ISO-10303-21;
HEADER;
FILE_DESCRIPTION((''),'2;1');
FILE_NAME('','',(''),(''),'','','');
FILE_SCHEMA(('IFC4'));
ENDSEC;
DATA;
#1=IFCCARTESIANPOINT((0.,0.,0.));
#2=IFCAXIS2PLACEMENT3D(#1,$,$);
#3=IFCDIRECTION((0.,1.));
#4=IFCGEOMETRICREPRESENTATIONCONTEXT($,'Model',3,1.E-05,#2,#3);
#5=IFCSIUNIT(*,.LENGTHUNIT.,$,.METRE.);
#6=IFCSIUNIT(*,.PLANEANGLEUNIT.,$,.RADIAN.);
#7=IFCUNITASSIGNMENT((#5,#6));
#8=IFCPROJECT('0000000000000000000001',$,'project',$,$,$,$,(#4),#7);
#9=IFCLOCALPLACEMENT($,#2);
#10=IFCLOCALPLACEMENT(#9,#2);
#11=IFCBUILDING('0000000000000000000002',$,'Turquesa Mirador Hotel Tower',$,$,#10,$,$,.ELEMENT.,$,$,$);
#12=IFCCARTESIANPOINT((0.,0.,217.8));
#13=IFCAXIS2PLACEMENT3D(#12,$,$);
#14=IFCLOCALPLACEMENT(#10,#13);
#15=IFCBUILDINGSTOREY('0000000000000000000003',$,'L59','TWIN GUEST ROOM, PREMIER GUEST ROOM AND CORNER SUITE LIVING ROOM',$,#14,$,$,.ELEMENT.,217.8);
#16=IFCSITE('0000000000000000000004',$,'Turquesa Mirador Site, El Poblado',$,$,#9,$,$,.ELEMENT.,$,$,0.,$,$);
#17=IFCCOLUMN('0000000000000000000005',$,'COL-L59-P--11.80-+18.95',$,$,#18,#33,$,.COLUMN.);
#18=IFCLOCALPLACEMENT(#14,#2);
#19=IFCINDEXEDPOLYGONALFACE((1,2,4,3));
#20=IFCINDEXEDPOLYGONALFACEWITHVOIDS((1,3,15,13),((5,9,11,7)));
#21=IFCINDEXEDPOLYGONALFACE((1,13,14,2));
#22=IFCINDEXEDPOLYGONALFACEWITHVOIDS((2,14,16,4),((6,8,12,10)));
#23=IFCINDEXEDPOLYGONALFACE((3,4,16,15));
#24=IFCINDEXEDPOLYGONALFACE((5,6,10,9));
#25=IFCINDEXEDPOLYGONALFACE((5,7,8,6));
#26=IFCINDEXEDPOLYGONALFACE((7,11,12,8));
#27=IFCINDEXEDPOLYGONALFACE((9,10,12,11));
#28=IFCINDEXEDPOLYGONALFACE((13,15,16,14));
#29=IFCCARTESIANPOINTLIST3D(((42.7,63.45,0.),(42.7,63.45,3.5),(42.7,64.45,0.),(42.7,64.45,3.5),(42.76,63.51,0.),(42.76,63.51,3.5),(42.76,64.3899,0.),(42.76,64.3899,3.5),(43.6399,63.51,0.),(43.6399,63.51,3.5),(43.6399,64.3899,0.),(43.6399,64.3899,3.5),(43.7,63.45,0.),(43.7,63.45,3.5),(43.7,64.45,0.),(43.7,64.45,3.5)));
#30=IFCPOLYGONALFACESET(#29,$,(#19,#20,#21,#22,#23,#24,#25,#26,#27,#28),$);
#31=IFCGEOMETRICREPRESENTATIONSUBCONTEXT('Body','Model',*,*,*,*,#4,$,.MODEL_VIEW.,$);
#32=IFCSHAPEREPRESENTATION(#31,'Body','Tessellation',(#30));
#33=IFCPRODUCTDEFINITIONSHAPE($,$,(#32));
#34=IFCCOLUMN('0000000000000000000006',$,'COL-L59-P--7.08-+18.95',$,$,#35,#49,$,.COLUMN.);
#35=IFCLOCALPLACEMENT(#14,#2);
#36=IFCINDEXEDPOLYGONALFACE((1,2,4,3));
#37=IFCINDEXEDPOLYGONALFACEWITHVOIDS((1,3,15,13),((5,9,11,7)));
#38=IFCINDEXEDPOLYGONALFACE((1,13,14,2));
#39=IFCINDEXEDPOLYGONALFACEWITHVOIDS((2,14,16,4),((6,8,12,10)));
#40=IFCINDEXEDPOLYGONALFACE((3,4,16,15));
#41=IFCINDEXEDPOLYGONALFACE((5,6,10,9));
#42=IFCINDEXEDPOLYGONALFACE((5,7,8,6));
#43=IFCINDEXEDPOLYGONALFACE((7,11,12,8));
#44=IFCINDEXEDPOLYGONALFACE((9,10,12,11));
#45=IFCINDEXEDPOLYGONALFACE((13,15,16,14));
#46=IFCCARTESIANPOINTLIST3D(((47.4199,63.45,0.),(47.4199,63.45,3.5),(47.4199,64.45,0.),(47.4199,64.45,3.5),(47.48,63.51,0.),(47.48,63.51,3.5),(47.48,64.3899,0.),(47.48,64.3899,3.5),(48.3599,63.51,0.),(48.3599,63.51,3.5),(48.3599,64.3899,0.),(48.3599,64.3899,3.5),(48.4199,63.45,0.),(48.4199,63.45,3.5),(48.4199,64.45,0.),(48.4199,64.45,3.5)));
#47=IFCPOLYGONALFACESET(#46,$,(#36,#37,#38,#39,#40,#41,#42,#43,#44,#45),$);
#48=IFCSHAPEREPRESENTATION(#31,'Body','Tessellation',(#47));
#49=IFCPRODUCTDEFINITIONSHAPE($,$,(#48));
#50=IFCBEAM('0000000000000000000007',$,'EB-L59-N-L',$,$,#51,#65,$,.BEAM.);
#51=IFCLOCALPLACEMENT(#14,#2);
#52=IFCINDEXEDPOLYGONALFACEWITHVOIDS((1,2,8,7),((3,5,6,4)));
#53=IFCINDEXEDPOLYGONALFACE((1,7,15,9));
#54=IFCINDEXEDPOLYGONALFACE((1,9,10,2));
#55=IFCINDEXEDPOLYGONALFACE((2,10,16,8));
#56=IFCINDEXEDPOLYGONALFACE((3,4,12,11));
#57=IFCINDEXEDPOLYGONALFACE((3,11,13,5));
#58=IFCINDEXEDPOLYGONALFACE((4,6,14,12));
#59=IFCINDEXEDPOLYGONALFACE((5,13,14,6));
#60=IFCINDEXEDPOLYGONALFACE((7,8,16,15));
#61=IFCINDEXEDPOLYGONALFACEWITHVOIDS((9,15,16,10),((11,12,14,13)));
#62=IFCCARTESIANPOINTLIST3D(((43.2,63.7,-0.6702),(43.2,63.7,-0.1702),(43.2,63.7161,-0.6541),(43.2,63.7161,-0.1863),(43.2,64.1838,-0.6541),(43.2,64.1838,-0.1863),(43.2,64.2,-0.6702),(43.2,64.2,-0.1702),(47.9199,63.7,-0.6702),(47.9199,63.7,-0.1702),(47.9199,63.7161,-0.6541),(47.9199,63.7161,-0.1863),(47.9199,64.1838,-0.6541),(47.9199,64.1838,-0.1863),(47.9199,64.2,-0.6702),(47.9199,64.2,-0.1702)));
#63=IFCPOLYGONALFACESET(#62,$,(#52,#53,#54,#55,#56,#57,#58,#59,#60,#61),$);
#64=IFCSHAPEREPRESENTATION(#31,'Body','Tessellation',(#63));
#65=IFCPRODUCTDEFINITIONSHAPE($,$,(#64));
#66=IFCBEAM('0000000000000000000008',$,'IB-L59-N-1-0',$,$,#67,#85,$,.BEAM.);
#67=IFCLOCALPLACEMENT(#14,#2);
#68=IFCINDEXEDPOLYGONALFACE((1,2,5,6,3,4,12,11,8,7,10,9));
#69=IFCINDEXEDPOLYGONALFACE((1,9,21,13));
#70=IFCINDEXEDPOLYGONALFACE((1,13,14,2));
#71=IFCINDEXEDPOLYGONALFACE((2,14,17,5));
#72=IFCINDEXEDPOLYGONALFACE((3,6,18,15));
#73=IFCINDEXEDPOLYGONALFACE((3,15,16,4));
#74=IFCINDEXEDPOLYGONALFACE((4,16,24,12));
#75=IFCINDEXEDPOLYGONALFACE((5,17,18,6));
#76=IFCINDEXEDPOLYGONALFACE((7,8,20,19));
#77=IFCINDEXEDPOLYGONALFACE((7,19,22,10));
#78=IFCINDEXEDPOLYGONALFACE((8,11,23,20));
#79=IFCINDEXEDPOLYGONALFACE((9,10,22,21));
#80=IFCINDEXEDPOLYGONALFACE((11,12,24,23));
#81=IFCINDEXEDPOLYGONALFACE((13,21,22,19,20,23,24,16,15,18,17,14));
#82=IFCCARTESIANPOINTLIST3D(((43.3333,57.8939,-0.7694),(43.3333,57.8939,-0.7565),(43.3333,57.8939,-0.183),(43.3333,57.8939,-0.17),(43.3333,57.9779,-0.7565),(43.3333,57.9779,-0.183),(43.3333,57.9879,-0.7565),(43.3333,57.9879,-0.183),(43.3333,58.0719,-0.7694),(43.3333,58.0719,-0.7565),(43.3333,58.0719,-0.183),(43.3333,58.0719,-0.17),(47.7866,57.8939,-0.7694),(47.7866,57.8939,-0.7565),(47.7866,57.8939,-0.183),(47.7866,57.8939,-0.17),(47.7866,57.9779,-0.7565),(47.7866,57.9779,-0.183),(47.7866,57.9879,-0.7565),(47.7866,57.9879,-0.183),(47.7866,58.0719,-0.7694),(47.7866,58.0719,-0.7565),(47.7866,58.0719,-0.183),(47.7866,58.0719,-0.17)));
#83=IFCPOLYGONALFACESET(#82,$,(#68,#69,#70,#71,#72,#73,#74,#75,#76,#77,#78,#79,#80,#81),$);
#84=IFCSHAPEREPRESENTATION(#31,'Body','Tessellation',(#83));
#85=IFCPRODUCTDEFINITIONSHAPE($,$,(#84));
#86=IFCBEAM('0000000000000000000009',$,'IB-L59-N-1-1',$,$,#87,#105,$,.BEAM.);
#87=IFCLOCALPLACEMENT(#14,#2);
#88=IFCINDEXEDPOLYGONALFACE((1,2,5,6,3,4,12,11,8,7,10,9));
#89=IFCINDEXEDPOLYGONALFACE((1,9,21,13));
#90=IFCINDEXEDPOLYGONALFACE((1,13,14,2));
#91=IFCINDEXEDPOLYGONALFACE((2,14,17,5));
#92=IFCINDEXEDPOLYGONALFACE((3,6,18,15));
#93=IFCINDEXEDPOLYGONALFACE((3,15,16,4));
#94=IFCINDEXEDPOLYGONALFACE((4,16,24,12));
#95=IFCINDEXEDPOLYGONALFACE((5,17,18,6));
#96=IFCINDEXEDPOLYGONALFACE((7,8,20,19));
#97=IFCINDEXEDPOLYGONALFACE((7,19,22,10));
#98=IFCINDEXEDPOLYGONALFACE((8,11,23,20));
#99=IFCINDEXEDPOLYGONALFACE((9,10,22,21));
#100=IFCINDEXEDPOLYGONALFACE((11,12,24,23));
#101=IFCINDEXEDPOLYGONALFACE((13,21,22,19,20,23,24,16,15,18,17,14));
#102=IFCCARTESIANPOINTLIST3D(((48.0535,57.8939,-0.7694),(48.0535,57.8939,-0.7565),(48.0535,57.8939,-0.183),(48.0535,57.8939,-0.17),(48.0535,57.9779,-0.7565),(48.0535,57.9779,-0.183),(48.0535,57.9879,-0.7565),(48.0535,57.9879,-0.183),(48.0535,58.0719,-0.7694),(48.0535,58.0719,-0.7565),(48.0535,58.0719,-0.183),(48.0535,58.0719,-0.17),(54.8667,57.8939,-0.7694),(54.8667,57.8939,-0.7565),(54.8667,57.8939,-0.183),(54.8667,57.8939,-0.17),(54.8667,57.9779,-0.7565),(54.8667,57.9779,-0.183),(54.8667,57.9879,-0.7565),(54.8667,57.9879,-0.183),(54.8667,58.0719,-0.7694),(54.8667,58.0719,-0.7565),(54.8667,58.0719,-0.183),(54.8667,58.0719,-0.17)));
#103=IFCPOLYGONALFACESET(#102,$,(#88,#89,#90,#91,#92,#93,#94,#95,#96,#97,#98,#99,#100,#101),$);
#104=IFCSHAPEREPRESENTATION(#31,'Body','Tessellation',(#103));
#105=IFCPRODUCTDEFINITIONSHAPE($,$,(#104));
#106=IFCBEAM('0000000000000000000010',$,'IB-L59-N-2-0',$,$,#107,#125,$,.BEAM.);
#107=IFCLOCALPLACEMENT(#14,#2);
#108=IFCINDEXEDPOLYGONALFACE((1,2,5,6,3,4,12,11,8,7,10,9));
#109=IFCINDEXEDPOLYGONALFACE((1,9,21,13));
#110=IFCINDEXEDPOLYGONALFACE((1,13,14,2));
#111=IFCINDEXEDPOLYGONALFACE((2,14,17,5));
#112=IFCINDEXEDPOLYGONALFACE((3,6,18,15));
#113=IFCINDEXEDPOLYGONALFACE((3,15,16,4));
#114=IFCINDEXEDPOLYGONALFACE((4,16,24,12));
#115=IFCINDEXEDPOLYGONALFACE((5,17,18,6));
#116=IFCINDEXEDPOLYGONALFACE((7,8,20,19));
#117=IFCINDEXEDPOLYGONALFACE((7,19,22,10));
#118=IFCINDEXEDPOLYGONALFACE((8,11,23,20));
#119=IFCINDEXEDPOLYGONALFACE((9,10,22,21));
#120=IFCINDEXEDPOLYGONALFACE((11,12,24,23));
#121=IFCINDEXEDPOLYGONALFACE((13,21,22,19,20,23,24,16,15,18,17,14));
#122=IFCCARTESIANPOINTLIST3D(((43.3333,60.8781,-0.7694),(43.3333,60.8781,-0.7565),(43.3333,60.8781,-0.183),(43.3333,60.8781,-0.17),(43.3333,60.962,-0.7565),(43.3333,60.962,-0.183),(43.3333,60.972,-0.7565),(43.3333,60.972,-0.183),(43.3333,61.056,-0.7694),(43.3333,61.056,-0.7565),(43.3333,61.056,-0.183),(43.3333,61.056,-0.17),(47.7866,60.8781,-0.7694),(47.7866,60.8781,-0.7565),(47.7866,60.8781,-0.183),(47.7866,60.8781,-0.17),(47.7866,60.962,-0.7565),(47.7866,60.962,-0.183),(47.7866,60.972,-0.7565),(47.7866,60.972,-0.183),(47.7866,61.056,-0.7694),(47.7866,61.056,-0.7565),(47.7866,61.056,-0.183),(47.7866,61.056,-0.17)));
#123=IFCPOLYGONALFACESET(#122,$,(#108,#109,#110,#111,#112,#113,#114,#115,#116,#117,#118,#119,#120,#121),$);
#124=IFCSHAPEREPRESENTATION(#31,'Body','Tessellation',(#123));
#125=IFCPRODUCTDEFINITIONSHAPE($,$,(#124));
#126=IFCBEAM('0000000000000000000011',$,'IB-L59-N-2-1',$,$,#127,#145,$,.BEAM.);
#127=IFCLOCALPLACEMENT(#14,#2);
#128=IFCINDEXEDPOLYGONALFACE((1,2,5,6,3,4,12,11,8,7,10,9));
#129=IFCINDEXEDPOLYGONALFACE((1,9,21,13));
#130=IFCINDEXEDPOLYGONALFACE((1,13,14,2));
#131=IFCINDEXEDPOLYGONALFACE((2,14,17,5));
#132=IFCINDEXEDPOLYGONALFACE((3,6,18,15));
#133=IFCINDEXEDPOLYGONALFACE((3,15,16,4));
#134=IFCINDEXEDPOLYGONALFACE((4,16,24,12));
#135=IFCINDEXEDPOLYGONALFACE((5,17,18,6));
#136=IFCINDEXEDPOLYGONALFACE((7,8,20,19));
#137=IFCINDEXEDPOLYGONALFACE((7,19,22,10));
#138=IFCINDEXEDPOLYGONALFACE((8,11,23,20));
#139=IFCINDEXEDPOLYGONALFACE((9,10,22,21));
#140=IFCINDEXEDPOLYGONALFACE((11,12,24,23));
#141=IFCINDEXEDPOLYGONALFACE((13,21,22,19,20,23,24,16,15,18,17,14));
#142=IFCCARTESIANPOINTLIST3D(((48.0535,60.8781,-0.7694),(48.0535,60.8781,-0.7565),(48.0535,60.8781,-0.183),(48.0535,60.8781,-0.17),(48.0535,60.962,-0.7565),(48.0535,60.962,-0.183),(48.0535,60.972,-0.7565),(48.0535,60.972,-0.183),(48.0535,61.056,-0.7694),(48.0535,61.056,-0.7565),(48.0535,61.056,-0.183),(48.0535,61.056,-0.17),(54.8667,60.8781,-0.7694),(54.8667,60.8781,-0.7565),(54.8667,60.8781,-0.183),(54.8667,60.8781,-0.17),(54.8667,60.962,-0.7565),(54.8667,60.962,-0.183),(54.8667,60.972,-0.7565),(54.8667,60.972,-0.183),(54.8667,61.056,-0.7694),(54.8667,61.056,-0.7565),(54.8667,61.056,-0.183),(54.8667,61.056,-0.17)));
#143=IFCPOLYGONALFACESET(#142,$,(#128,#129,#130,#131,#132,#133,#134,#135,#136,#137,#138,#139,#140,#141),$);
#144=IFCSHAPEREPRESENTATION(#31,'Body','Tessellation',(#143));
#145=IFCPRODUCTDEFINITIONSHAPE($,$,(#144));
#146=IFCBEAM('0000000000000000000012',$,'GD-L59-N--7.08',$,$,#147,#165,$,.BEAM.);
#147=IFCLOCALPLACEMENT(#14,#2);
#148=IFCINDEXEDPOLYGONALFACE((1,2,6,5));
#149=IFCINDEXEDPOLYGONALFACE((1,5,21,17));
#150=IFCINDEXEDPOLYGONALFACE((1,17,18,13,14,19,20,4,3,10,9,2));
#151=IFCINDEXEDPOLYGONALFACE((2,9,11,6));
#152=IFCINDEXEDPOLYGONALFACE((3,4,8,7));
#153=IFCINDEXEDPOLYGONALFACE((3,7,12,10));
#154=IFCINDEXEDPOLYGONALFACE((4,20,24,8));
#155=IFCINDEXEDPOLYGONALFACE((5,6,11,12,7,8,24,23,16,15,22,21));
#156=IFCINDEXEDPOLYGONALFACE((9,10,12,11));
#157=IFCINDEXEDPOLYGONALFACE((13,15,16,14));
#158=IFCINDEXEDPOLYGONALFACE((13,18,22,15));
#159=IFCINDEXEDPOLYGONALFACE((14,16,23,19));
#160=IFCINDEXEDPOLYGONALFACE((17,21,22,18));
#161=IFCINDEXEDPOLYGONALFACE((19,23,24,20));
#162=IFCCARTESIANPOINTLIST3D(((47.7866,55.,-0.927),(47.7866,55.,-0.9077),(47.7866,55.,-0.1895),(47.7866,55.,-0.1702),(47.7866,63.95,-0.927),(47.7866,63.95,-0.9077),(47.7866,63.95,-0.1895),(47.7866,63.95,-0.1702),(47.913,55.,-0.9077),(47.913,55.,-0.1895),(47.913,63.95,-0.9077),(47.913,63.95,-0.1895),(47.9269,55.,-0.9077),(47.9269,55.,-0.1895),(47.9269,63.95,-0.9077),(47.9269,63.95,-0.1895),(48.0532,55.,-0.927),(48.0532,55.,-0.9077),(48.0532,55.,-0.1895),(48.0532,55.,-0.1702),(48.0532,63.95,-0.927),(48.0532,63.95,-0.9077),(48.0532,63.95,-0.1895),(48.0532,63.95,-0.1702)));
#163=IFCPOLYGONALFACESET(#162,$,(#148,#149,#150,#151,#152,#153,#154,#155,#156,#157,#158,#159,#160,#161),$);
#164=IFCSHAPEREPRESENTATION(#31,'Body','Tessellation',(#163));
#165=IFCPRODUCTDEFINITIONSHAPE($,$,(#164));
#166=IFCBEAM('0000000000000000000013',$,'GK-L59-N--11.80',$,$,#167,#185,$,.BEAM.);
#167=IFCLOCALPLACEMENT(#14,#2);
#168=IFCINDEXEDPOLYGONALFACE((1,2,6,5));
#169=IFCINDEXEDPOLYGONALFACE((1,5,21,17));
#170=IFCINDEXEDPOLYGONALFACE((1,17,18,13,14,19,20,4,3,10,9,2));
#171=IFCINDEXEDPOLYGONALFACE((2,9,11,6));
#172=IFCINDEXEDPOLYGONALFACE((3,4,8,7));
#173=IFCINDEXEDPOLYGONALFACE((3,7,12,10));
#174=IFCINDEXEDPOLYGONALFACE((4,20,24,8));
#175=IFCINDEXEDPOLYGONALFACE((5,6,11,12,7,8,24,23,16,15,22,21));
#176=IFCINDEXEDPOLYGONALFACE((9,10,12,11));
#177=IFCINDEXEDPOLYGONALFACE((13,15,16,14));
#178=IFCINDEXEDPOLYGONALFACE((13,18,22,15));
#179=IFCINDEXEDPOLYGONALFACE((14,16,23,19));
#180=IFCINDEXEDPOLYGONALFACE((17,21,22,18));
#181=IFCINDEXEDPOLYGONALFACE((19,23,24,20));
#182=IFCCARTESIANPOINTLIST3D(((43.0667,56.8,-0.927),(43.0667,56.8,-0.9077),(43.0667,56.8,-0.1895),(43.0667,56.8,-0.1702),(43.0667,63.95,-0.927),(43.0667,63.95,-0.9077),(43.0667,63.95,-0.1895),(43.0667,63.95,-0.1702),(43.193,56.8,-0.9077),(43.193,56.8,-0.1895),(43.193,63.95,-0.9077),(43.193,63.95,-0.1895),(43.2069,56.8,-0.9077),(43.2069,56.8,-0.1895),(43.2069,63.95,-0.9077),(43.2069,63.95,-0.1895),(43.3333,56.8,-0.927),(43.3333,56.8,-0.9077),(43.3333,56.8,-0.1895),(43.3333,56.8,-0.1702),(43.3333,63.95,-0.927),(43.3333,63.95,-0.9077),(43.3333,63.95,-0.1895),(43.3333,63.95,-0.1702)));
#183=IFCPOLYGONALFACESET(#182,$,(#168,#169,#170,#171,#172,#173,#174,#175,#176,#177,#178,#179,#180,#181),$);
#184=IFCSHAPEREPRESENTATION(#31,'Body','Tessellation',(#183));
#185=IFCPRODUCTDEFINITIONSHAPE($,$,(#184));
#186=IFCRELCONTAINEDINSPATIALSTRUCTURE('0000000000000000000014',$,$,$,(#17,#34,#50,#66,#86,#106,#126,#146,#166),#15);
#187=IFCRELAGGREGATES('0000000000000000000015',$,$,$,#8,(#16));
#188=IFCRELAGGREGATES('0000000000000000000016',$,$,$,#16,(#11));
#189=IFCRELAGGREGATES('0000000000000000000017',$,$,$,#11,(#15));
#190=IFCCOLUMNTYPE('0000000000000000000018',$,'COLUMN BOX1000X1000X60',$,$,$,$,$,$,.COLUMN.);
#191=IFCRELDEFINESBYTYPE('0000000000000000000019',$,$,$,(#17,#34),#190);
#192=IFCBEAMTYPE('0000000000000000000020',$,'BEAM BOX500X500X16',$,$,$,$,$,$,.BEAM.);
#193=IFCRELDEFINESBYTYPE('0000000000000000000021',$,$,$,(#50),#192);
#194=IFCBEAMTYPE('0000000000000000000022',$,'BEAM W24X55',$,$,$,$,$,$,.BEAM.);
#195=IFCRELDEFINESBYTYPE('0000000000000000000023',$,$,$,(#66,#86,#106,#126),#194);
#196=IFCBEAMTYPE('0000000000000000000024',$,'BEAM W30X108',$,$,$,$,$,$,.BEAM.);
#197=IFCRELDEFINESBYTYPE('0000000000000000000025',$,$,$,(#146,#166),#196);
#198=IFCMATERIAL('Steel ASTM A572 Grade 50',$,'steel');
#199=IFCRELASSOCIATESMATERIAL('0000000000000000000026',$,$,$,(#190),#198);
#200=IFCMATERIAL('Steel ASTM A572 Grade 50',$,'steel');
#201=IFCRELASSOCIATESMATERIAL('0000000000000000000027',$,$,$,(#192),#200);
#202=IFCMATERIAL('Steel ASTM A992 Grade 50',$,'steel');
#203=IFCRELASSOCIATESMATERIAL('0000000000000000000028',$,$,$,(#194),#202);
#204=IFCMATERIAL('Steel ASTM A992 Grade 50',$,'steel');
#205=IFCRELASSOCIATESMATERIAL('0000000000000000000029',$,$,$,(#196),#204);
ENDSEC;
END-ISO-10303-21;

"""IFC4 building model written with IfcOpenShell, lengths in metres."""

from ifc_helpers import new_model, si_unit, direction, frame, origin, origin_2d, place, context, subcontext, project, spatial, hollow_rectangle, i_section, extrude, material, material_profile, profile_set, type_object, element, save


model = new_model("IFC4")

# Units and contexts
model_context = context("Model", 3, precision=1e-05, world=origin(), true_north=direction((0.0, 1.0)))
body_context = subcontext(model_context, "Body", "Model", "MODEL_VIEW")
ifc_project = project(units=[si_unit("LENGTHUNIT", "METRE"), si_unit("PLANEANGLEUNIT", "RADIAN")], contexts=[model_context])

# Site, building, storey
site_placement = place(None, origin())
site = spatial("IfcSite", under=ifc_project, at=site_placement, Name="Turquesa Mirador Site, El Poblado", CompositionType="ELEMENT", RefElevation=0.0)
building_placement = place(site_placement, origin())
building = spatial("IfcBuilding", under=site, at=building_placement, Name="Turquesa Mirador Hotel Tower", CompositionType="ELEMENT")
storey_placement = place(building_placement, frame((0.0, 0.0, 217.8)))
storey = spatial("IfcBuildingStorey", under=building, at=storey_placement, Name="L59", Description="TWIN GUEST ROOM, PREMIER GUEST ROOM AND CORNER SUITE LIVING ROOM", CompositionType="ELEMENT", Elevation=217.8)

# Columns
ifc_material_1 = material(Name="Steel ASTM A572 Grade 50", Category="steel")
ifc_material_profile_1 = material_profile(ifc_material_1, hollow_rectangle(XDim=1.0, YDim=1.0, WallThickness=0.0601, at=origin_2d()), Name="BOX1000X1000X60")
ifc_profile_set_1 = profile_set([ifc_material_profile_1], Name="Steel ASTM A572 Grade 50")
column_type = type_object("IfcColumnType", Name="COLUMN BOX1000X1000X60", PredefinedType="COLUMN", material=ifc_profile_set_1)
for number, where, z_axis, x_axis, name in (
    (1, (43.2, 63.95, 0.0), (0.0, 0.0, 1.0), (1.0, 0.0, 0.0), "COL-L59-P--11.80-+18.95"),
    (2, (47.9199, 63.95, 0.0), (0.0, 0.0, 1.0), (1.0, 0.0, 0.0), "COL-L59-P--7.08-+18.95"),
):
    element("IfcColumn", number, at=place(storey_placement, frame(where, z_axis=z_axis, x_axis=x_axis)), inside=storey, type_object=column_type, Name=name, PredefinedType="COLUMN", context=body_context, shape_type="SweptSolid", body=[
        extrude(hollow_rectangle(XDim=1.0, YDim=1.0, WallThickness=0.0601, at=origin_2d()), origin(), (0.0, 0.0, 1.0), 3.5),
    ])

# Beams
ifc_material_2 = material(Name="Steel ASTM A572 Grade 50", Category="steel")
ifc_material_profile_2 = material_profile(ifc_material_2, hollow_rectangle(XDim=0.5, YDim=0.5, WallThickness=0.0161, at=origin_2d()), Name="BOX500X500X16")
ifc_profile_set_2 = profile_set([ifc_material_profile_2], Name="Steel ASTM A572 Grade 50")
beam_type_1 = type_object("IfcBeamType", Name="BEAM BOX500X500X16", PredefinedType="BEAM", material=ifc_profile_set_2)
beam_1_placement = place(storey_placement, frame((43.2, 63.95, -0.4202), z_axis=(1.0, 0.0, 0.0), x_axis=(0.0, 1.0, 0.0)))
element("IfcBeam", 3, at=beam_1_placement, inside=storey, type_object=beam_type_1, Name="EB-L59-N-L", PredefinedType="BEAM", context=body_context, shape_type="SweptSolid", body=[
    extrude(hollow_rectangle(XDim=0.5, YDim=0.5, WallThickness=0.0161, at=origin_2d()), origin(), (0.0, 0.0, 1.0), 4.72),
])
ifc_material_3 = material(Name="Steel ASTM A992 Grade 50", Category="steel")
ifc_material_profile_3 = material_profile(ifc_material_3, i_section(OverallWidth=0.178, OverallDepth=0.5994, WebThickness=0.01, FlangeThickness=0.0129, at=origin_2d()), Name="W24X55")
ifc_profile_set_3 = profile_set([ifc_material_profile_3], Name="Steel ASTM A992 Grade 50")
beam_type_2 = type_object("IfcBeamType", Name="BEAM W24X55", PredefinedType="BEAM", material=ifc_profile_set_3)
beam_2_placement = place(storey_placement, frame((43.3333, 57.9829, -0.4697), z_axis=(1.0, 0.0, 0.0), x_axis=(0.0, 1.0, 0.0)))
element("IfcBeam", 4, at=beam_2_placement, inside=storey, type_object=beam_type_2, Name="IB-L59-N-1-0", PredefinedType="BEAM", context=body_context, shape_type="SweptSolid", body=[
    extrude(i_section(OverallWidth=0.178, OverallDepth=0.5994, WebThickness=0.01, FlangeThickness=0.0129, at=origin_2d()), origin(), (0.0, 0.0, 1.0), 4.4534),
])
beam_3_placement = place(storey_placement, frame((48.0535, 57.9829, -0.4697), z_axis=(1.0, 0.0, 0.0), x_axis=(0.0, 1.0, 0.0)))
element("IfcBeam", 5, at=beam_3_placement, inside=storey, type_object=beam_type_2, Name="IB-L59-N-1-1", PredefinedType="BEAM", context=body_context, shape_type="SweptSolid", body=[
    extrude(i_section(OverallWidth=0.178, OverallDepth=0.5994, WebThickness=0.01, FlangeThickness=0.0129, at=origin_2d()), origin(), (0.0, 0.0, 1.0), 6.8132),
])
beam_4_placement = place(storey_placement, frame((43.3333, 60.967, -0.4697), z_axis=(1.0, 0.0, 0.0), x_axis=(0.0, 1.0, 0.0)))
element("IfcBeam", 6, at=beam_4_placement, inside=storey, type_object=beam_type_2, Name="IB-L59-N-2-0", PredefinedType="BEAM", context=body_context, shape_type="SweptSolid", body=[
    extrude(i_section(OverallWidth=0.178, OverallDepth=0.5994, WebThickness=0.01, FlangeThickness=0.0129, at=origin_2d()), origin(), (0.0, 0.0, 1.0), 4.4534),
])
beam_5_placement = place(storey_placement, frame((48.0535, 60.967, -0.4697), z_axis=(1.0, 0.0, 0.0), x_axis=(0.0, 1.0, 0.0)))
element("IfcBeam", 7, at=beam_5_placement, inside=storey, type_object=beam_type_2, Name="IB-L59-N-2-1", PredefinedType="BEAM", context=body_context, shape_type="SweptSolid", body=[
    extrude(i_section(OverallWidth=0.178, OverallDepth=0.5994, WebThickness=0.01, FlangeThickness=0.0129, at=origin_2d()), origin(), (0.0, 0.0, 1.0), 6.8132),
])
ifc_material_4 = material(Name="Steel ASTM A992 Grade 50", Category="steel")
ifc_material_profile_4 = material_profile(ifc_material_4, i_section(OverallWidth=0.2666, OverallDepth=0.7568, WebThickness=0.0139, FlangeThickness=0.0193, at=origin_2d()), Name="W30X108")
ifc_profile_set_4 = profile_set([ifc_material_profile_4], Name="Steel ASTM A992 Grade 50")
beam_type_3 = type_object("IfcBeamType", Name="BEAM W30X108", PredefinedType="BEAM", material=ifc_profile_set_4)
beam_6_placement = place(storey_placement, frame((47.9199, 63.95, -0.5486), z_axis=(0.0, -1.0, 0.0), x_axis=(1.0, 0.0, 0.0)))
element("IfcBeam", 8, at=beam_6_placement, inside=storey, type_object=beam_type_3, Name="GD-L59-N--7.08", PredefinedType="BEAM", context=body_context, shape_type="SweptSolid", body=[
    extrude(i_section(OverallWidth=0.2666, OverallDepth=0.7568, WebThickness=0.0139, FlangeThickness=0.0193, at=origin_2d()), origin(), (0.0, 0.0, 1.0), 8.95),
])
beam_7_placement = place(storey_placement, frame((43.2, 63.95, -0.5486), z_axis=(0.0, -1.0, 0.0), x_axis=(1.0, 0.0, 0.0)))
element("IfcBeam", 9, at=beam_7_placement, inside=storey, type_object=beam_type_3, Name="GK-L59-N--11.80", PredefinedType="BEAM", context=body_context, shape_type="SweptSolid", body=[
    extrude(i_section(OverallWidth=0.2666, OverallDepth=0.7568, WebThickness=0.0139, FlangeThickness=0.0193, at=origin_2d()), origin(), (0.0, 0.0, 1.0), 7.1499),
])

save(model, "model.ifc")
